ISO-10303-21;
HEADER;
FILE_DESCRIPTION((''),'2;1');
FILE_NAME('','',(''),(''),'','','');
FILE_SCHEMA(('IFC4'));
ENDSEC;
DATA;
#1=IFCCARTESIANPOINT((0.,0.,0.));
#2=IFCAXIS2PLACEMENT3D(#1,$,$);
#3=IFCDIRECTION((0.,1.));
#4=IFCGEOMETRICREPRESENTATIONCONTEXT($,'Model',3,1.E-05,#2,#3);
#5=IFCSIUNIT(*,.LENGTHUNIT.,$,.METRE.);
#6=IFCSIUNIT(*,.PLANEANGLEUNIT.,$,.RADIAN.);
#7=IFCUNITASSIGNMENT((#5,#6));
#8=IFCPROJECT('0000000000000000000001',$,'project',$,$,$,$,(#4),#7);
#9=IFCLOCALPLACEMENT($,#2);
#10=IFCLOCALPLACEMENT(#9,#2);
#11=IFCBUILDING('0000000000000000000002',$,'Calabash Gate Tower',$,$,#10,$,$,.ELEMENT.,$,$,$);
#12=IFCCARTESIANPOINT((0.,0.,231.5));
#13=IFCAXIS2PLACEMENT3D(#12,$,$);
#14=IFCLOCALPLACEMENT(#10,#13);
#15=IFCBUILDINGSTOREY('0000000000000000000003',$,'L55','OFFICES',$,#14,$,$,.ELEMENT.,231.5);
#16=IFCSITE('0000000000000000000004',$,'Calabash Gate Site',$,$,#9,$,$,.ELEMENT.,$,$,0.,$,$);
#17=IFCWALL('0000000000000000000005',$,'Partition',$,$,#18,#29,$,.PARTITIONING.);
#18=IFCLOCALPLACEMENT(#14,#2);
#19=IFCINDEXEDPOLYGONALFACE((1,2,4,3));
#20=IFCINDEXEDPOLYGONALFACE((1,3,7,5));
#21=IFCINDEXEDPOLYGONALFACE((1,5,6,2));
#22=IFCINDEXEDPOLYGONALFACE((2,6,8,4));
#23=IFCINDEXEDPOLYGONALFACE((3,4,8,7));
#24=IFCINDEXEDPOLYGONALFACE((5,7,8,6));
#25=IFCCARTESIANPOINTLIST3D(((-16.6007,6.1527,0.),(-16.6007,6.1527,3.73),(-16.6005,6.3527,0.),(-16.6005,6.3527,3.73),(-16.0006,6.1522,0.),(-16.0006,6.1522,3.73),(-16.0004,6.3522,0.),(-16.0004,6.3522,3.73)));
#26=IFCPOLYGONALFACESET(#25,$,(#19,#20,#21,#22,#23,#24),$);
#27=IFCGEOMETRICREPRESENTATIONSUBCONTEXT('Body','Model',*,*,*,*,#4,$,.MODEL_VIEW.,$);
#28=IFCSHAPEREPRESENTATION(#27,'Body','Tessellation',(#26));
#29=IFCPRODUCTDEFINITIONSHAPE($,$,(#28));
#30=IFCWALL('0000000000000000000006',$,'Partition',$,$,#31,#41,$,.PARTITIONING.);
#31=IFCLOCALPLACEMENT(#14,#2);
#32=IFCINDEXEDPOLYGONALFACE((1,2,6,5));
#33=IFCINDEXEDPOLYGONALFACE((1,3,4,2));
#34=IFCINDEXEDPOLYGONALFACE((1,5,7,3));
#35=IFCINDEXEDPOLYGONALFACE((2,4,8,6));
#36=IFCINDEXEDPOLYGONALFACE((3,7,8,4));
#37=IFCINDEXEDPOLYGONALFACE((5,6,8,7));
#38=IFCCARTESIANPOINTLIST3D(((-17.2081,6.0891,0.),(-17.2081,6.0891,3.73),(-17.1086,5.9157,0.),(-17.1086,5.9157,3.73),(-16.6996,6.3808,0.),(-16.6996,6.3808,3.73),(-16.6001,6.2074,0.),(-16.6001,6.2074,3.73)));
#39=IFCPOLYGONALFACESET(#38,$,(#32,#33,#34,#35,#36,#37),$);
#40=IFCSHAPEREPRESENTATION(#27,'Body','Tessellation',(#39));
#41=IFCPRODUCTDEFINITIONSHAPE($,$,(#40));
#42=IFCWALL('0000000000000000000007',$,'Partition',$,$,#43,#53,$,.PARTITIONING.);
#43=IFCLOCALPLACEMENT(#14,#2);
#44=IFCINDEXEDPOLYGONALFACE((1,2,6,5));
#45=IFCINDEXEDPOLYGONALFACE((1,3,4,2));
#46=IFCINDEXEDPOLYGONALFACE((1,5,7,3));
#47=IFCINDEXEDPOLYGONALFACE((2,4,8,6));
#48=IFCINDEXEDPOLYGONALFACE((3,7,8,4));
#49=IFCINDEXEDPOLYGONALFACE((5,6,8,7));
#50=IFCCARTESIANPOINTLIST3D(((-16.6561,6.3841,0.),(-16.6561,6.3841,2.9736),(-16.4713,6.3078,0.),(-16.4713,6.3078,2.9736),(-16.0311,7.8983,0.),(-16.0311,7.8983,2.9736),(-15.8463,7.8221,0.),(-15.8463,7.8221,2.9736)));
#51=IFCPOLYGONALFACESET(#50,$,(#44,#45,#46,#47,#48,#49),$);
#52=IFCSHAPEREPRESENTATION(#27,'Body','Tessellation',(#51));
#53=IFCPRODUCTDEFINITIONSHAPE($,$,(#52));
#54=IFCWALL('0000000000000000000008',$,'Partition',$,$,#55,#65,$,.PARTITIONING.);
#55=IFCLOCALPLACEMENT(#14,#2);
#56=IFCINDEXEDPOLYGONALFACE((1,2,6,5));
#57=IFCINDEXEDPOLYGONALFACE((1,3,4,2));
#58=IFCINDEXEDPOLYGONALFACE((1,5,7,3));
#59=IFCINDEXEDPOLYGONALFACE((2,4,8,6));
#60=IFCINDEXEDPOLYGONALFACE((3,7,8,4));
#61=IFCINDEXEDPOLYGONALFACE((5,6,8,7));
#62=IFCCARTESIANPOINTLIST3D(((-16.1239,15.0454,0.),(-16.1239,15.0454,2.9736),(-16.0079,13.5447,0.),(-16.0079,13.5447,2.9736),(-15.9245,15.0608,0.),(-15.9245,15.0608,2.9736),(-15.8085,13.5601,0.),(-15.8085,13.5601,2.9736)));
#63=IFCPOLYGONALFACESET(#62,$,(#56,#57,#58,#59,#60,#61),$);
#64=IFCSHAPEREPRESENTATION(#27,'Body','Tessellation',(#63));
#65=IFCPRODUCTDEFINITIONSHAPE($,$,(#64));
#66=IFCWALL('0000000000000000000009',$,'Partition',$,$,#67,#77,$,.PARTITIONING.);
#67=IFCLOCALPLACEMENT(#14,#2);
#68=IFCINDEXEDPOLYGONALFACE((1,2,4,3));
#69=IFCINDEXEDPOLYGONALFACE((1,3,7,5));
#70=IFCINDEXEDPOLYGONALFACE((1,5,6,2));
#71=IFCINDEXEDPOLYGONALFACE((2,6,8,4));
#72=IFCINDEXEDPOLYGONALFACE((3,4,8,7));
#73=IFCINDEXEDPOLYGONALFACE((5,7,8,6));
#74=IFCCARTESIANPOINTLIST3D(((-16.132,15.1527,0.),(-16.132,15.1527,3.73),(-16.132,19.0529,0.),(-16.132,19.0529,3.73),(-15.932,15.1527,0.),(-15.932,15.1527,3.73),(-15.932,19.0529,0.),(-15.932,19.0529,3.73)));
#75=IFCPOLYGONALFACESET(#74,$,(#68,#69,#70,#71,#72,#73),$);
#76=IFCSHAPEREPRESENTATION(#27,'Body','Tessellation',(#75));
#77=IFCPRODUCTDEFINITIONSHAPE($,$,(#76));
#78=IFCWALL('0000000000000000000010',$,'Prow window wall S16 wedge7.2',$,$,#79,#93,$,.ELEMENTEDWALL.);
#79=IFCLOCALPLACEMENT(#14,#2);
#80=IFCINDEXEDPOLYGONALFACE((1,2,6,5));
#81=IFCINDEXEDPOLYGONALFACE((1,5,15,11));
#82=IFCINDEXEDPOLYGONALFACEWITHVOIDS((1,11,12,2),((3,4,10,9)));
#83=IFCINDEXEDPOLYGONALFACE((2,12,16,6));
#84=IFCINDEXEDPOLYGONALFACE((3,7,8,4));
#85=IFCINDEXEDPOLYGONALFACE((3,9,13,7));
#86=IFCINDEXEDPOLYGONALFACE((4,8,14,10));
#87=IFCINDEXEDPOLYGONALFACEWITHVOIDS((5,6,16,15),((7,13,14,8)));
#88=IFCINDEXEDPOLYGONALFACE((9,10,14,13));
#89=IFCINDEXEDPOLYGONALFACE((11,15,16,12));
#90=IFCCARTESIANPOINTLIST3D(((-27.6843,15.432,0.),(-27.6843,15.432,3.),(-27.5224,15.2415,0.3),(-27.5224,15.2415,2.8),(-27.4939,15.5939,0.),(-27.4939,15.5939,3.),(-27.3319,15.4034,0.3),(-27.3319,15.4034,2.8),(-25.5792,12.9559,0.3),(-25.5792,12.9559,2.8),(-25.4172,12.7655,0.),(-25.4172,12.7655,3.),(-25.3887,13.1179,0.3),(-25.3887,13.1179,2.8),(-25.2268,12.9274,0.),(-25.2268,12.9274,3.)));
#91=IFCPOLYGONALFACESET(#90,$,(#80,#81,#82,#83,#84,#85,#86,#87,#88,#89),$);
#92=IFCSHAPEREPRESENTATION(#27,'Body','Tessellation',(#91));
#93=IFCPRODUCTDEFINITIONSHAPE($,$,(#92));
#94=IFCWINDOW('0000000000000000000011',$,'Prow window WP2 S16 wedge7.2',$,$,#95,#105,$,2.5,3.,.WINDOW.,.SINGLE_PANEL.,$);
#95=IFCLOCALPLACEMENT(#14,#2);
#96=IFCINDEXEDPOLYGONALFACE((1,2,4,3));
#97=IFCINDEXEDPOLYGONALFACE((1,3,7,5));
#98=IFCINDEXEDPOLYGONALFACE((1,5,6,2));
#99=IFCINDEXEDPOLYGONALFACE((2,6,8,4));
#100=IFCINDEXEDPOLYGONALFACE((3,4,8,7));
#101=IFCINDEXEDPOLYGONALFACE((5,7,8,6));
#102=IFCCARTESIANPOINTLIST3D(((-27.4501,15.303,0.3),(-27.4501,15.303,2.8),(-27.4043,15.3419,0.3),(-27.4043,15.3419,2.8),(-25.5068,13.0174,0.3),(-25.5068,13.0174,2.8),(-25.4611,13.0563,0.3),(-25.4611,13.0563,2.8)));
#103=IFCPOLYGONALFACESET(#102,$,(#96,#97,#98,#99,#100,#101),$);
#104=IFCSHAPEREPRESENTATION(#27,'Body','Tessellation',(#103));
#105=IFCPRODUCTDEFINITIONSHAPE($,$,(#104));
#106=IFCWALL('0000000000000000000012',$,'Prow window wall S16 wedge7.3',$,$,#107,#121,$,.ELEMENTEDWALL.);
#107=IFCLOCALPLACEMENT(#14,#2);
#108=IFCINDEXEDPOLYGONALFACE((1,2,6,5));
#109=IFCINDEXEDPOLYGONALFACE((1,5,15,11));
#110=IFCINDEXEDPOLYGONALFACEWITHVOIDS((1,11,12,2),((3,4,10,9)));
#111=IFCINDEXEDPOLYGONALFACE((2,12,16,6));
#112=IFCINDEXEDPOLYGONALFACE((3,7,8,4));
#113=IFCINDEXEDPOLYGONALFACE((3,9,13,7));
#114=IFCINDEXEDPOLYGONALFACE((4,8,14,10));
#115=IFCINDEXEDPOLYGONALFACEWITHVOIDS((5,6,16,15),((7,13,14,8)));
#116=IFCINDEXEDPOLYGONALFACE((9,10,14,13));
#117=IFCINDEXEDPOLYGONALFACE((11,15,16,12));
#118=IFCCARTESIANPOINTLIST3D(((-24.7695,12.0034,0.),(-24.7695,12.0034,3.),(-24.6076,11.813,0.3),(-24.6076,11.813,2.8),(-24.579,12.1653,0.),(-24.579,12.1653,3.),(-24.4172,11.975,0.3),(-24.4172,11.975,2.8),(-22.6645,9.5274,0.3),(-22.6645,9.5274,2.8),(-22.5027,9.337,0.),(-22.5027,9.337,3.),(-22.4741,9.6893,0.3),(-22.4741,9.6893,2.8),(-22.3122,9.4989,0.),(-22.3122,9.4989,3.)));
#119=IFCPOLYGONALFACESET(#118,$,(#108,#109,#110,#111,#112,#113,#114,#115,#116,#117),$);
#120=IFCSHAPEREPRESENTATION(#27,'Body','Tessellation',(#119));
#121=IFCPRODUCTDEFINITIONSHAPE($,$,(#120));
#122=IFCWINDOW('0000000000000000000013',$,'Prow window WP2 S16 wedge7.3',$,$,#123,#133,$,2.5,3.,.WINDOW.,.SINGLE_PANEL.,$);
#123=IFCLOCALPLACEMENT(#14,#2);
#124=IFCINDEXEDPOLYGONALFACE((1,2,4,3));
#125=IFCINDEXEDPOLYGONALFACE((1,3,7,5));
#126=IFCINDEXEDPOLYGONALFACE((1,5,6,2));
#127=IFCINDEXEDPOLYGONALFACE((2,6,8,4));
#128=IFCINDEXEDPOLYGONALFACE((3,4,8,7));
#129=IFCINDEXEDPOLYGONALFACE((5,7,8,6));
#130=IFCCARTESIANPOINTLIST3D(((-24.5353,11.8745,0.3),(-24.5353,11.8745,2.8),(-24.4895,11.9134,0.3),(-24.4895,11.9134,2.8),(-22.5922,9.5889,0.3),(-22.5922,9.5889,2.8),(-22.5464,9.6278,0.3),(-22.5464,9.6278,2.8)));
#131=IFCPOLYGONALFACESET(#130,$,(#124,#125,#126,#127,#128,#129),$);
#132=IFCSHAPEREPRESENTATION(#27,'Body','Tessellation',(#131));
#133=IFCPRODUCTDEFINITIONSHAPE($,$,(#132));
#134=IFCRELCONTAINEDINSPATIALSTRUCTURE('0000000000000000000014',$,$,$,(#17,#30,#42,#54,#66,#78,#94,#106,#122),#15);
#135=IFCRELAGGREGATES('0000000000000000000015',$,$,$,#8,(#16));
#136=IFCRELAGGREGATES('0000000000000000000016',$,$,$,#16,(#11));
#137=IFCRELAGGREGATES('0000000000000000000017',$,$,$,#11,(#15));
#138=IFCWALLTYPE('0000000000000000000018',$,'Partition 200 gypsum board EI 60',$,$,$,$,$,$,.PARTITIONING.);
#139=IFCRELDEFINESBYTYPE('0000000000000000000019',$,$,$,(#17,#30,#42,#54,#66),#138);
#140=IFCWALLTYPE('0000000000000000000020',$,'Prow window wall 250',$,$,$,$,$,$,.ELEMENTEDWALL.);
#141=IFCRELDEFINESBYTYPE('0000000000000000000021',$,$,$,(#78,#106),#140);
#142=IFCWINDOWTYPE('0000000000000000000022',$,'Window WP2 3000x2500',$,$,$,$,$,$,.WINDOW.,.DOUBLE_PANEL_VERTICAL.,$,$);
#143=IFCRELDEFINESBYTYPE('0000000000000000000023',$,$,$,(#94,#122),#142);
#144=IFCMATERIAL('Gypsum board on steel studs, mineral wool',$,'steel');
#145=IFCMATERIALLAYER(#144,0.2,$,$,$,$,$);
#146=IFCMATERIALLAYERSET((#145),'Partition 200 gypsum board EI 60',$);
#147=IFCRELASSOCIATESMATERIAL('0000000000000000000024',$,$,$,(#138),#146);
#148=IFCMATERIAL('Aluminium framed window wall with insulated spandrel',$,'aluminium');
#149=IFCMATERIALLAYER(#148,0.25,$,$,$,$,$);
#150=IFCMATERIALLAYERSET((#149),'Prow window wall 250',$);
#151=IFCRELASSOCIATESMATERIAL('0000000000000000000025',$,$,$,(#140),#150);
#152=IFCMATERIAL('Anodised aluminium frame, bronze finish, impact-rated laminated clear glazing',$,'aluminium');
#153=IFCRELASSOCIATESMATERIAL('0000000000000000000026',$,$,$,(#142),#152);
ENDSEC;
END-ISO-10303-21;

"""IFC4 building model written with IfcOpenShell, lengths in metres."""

from ifc_helpers import new_model, si_unit, direction, frame, frame_2d, origin, place, context, subcontext, project, spatial, rectangle, extrude, material, layer, layer_set, type_object, element, fill, save


model = new_model("IFC4")

# Units and contexts
model_context = context("Model", 3, precision=1e-05, world=origin(), true_north=direction((0.0, 1.0)))
body_context = subcontext(model_context, "Body", "Model", "MODEL_VIEW")
ifc_project = project(units=[si_unit("LENGTHUNIT", "METRE"), si_unit("PLANEANGLEUNIT", "RADIAN")], contexts=[model_context])

# Site, building, storey
site_placement = place(None, origin())
site = spatial("IfcSite", under=ifc_project, at=site_placement, Name="Calabash Gate Site", CompositionType="ELEMENT", RefElevation=0.0)
building_placement = place(site_placement, origin())
building = spatial("IfcBuilding", under=site, at=building_placement, Name="Calabash Gate Tower", CompositionType="ELEMENT")
storey_placement = place(building_placement, frame((0.0, 0.0, 231.5)))
storey = spatial("IfcBuildingStorey", under=building, at=storey_placement, Name="L55", Description="OFFICES", CompositionType="ELEMENT", Elevation=231.5)

# Walls
ifc_material_1 = material(Name="Gypsum board on steel studs, mineral wool", Category="steel")
ifc_layer_1 = layer(ifc_material_1, 0.2)
ifc_layer_set_1 = layer_set([ifc_layer_1], Name="Partition 200 gypsum board EI 60")
wall_type_1 = type_object("IfcWallType", Name="Partition 200 gypsum board EI 60", PredefinedType="PARTITIONING", material=ifc_layer_set_1)
wall_1_placement = place(storey_placement, frame((-16.6006, 6.2527, 0.0), z_axis=(0.0, 0.0, 1.0), x_axis=(1.0, -0.000814, 0.0)))
element("IfcWall", 1, at=wall_1_placement, inside=storey, type_object=wall_type_1, Name="Partition", PredefinedType="PARTITIONING", context=body_context, shape_type="SweptSolid", body=[
    extrude(rectangle(XDim=0.6001, YDim=0.2, at=frame_2d((0.3, 0.0))), origin(), (0.0, 0.0, 1.0), 3.73),
])
wall_2_placement = place(storey_placement, frame((-17.1582, 6.0024, 0.0), z_axis=(0.0, 0.0, 1.0), x_axis=(0.867396, 0.497618, 0.0)))
element("IfcWall", 2, at=wall_2_placement, inside=storey, type_object=wall_type_1, Name="Partition", PredefinedType="PARTITIONING", context=body_context, shape_type="SweptSolid", body=[
    extrude(rectangle(XDim=0.5862, YDim=0.2, at=frame_2d((0.293, 0.0))), origin(), (0.0, 0.0, 1.0), 3.73),
])
wall_3_placement = place(storey_placement, frame((-16.5637, 6.3459, 0.0), z_axis=(0.0, 0.0, 1.0), x_axis=(0.381544, 0.924351, 0.0)))
element("IfcWall", 3, at=wall_3_placement, inside=storey, type_object=wall_type_1, Name="Partition", PredefinedType="PARTITIONING", context=body_context, shape_type="SweptSolid", body=[
    extrude(rectangle(XDim=1.6382, YDim=0.2, at=frame_2d((0.8191, 0.0))), origin(), (0.0, 0.0, 1.0), 2.9736),
])
wall_4_placement = place(storey_placement, frame((-16.0242, 15.053, 0.0), z_axis=(0.0, 0.0, 1.0), x_axis=(0.077044, -0.997028, 0.0)))
element("IfcWall", 4, at=wall_4_placement, inside=storey, type_object=wall_type_1, Name="Partition", PredefinedType="PARTITIONING", context=body_context, shape_type="SweptSolid", body=[
    extrude(rectangle(XDim=1.5051, YDim=0.2, at=frame_2d((0.7524, 0.0))), origin(), (0.0, 0.0, 1.0), 2.9736),
])
wall_5_placement = place(storey_placement, frame((-16.032, 15.1526, 0.0), z_axis=(0.0, 0.0, 1.0), x_axis=(0.0, 1.0, 0.0)))
element("IfcWall", 5, at=wall_5_placement, inside=storey, type_object=wall_type_1, Name="Partition", PredefinedType="PARTITIONING", context=body_context, shape_type="SweptSolid", body=[
    extrude(rectangle(XDim=3.9001, YDim=0.2, at=frame_2d((1.9502, 0.0))), origin(), (0.0, 0.0, 1.0), 3.73),
])

# Walls, openings, windows
ifc_material_2 = material(Name="Aluminium framed window wall with insulated spandrel", Category="aluminium")
ifc_layer_2 = layer(ifc_material_2, 0.25)
ifc_layer_set_2 = layer_set([ifc_layer_2], Name="Prow window wall 250")
wall_type_2 = type_object("IfcWallType", Name="Prow window wall 250", PredefinedType="ELEMENTEDWALL", material=ifc_layer_set_2)
wall_6_placement = place(storey_placement, frame((-27.5891, 15.5129, 0.0), z_axis=(0.0, 0.0, 1.0), x_axis=(0.647742, -0.76186, 0.0)))
wall_6 = element("IfcWall", 6, at=wall_6_placement, inside=storey, type_object=wall_type_2, Name="Prow window wall S16 wedge7.2", PredefinedType="ELEMENTEDWALL", context=body_context, shape_type="SweptSolid", body=[
    extrude(rectangle(XDim=3.5, YDim=0.25, at=frame_2d((1.75, 0.0))), origin(), (0.0, 0.0, 1.0), 3.0),
])
opening_1_placement = place(wall_6_placement, frame((0.25, 0.0, 0.3)))
opening_1 = element("IfcOpeningElement", 7, at=opening_1_placement, cuts=wall_6, PredefinedType="OPENING", context=body_context, shape_type="SweptSolid", body=[
    extrude(rectangle(XDim=3.0, YDim=2.5, at=frame_2d((1.5, 1.25))), frame((0.0, 0.135, 0.0), z_axis=(0.0, -1.0, 0.0), x_axis=(1.0, 0.0, 0.0)), (0.0, 0.0, 1.0), 0.27),
])
ifc_material_3 = material(Name="Anodised aluminium frame, bronze finish, impact-rated laminated clear glazing", Category="aluminium")
window_type_1 = type_object("IfcWindowType", Name="Window WP2 3000x2500", PartitioningType="DOUBLE_PANEL_VERTICAL", PredefinedType="WINDOW", material=ifc_material_3)
window_1_placement = place(opening_1_placement, origin())
window_1 = element("IfcWindow", 8, at=window_1_placement, inside=storey, type_object=window_type_1, Name="Prow window WP2 S16 wedge7.2", OverallHeight=2.5, OverallWidth=3.0, PartitioningType="SINGLE_PANEL", PredefinedType="WINDOW", context=body_context, shape_type="SweptSolid", body=[
    extrude(rectangle(XDim=3.0, YDim=2.5, at=frame_2d((1.5, 1.25))), frame((0.0, 0.03, 0.0), z_axis=(0.0, -1.0, 0.0), x_axis=(1.0, 0.0, 0.0)), (0.0, 0.0, 1.0), 0.0601),
])
fill(opening_1, window_1)
wall_7_placement = place(storey_placement, frame((-24.6743, 12.0845, 0.0), z_axis=(0.0, 0.0, 1.0), x_axis=(0.647701, -0.761895, 0.0)))
wall_7 = element("IfcWall", 9, at=wall_7_placement, inside=storey, type_object=wall_type_2, Name="Prow window wall S16 wedge7.3", PredefinedType="ELEMENTEDWALL", context=body_context, shape_type="SweptSolid", body=[
    extrude(rectangle(XDim=3.4998, YDim=0.25, at=frame_2d((1.75, 0.0))), origin(), (0.0, 0.0, 1.0), 3.0),
])
opening_2_placement = place(wall_7_placement, frame((0.25, 0.0, 0.3)))
opening_2 = element("IfcOpeningElement", 10, at=opening_2_placement, cuts=wall_7, PredefinedType="OPENING", context=body_context, shape_type="SweptSolid", body=[
    extrude(rectangle(XDim=3.0, YDim=2.5, at=frame_2d((1.5, 1.25))), frame((0.0, 0.135, 0.0), z_axis=(0.0, -1.0, 0.0), x_axis=(1.0, 0.0, 0.0)), (0.0, 0.0, 1.0), 0.27),
])
window_2_placement = place(opening_2_placement, origin())
window_2 = element("IfcWindow", 11, at=window_2_placement, inside=storey, type_object=window_type_1, Name="Prow window WP2 S16 wedge7.3", OverallHeight=2.5, OverallWidth=3.0, PartitioningType="SINGLE_PANEL", PredefinedType="WINDOW", context=body_context, shape_type="SweptSolid", body=[
    extrude(rectangle(XDim=3.0, YDim=2.5, at=frame_2d((1.5, 1.25))), frame((0.0, 0.03, 0.0), z_axis=(0.0, -1.0, 0.0), x_axis=(1.0, 0.0, 0.0)), (0.0, 0.0, 1.0), 0.0601),
])
fill(opening_2, window_2)

save(model, "model.ifc")
